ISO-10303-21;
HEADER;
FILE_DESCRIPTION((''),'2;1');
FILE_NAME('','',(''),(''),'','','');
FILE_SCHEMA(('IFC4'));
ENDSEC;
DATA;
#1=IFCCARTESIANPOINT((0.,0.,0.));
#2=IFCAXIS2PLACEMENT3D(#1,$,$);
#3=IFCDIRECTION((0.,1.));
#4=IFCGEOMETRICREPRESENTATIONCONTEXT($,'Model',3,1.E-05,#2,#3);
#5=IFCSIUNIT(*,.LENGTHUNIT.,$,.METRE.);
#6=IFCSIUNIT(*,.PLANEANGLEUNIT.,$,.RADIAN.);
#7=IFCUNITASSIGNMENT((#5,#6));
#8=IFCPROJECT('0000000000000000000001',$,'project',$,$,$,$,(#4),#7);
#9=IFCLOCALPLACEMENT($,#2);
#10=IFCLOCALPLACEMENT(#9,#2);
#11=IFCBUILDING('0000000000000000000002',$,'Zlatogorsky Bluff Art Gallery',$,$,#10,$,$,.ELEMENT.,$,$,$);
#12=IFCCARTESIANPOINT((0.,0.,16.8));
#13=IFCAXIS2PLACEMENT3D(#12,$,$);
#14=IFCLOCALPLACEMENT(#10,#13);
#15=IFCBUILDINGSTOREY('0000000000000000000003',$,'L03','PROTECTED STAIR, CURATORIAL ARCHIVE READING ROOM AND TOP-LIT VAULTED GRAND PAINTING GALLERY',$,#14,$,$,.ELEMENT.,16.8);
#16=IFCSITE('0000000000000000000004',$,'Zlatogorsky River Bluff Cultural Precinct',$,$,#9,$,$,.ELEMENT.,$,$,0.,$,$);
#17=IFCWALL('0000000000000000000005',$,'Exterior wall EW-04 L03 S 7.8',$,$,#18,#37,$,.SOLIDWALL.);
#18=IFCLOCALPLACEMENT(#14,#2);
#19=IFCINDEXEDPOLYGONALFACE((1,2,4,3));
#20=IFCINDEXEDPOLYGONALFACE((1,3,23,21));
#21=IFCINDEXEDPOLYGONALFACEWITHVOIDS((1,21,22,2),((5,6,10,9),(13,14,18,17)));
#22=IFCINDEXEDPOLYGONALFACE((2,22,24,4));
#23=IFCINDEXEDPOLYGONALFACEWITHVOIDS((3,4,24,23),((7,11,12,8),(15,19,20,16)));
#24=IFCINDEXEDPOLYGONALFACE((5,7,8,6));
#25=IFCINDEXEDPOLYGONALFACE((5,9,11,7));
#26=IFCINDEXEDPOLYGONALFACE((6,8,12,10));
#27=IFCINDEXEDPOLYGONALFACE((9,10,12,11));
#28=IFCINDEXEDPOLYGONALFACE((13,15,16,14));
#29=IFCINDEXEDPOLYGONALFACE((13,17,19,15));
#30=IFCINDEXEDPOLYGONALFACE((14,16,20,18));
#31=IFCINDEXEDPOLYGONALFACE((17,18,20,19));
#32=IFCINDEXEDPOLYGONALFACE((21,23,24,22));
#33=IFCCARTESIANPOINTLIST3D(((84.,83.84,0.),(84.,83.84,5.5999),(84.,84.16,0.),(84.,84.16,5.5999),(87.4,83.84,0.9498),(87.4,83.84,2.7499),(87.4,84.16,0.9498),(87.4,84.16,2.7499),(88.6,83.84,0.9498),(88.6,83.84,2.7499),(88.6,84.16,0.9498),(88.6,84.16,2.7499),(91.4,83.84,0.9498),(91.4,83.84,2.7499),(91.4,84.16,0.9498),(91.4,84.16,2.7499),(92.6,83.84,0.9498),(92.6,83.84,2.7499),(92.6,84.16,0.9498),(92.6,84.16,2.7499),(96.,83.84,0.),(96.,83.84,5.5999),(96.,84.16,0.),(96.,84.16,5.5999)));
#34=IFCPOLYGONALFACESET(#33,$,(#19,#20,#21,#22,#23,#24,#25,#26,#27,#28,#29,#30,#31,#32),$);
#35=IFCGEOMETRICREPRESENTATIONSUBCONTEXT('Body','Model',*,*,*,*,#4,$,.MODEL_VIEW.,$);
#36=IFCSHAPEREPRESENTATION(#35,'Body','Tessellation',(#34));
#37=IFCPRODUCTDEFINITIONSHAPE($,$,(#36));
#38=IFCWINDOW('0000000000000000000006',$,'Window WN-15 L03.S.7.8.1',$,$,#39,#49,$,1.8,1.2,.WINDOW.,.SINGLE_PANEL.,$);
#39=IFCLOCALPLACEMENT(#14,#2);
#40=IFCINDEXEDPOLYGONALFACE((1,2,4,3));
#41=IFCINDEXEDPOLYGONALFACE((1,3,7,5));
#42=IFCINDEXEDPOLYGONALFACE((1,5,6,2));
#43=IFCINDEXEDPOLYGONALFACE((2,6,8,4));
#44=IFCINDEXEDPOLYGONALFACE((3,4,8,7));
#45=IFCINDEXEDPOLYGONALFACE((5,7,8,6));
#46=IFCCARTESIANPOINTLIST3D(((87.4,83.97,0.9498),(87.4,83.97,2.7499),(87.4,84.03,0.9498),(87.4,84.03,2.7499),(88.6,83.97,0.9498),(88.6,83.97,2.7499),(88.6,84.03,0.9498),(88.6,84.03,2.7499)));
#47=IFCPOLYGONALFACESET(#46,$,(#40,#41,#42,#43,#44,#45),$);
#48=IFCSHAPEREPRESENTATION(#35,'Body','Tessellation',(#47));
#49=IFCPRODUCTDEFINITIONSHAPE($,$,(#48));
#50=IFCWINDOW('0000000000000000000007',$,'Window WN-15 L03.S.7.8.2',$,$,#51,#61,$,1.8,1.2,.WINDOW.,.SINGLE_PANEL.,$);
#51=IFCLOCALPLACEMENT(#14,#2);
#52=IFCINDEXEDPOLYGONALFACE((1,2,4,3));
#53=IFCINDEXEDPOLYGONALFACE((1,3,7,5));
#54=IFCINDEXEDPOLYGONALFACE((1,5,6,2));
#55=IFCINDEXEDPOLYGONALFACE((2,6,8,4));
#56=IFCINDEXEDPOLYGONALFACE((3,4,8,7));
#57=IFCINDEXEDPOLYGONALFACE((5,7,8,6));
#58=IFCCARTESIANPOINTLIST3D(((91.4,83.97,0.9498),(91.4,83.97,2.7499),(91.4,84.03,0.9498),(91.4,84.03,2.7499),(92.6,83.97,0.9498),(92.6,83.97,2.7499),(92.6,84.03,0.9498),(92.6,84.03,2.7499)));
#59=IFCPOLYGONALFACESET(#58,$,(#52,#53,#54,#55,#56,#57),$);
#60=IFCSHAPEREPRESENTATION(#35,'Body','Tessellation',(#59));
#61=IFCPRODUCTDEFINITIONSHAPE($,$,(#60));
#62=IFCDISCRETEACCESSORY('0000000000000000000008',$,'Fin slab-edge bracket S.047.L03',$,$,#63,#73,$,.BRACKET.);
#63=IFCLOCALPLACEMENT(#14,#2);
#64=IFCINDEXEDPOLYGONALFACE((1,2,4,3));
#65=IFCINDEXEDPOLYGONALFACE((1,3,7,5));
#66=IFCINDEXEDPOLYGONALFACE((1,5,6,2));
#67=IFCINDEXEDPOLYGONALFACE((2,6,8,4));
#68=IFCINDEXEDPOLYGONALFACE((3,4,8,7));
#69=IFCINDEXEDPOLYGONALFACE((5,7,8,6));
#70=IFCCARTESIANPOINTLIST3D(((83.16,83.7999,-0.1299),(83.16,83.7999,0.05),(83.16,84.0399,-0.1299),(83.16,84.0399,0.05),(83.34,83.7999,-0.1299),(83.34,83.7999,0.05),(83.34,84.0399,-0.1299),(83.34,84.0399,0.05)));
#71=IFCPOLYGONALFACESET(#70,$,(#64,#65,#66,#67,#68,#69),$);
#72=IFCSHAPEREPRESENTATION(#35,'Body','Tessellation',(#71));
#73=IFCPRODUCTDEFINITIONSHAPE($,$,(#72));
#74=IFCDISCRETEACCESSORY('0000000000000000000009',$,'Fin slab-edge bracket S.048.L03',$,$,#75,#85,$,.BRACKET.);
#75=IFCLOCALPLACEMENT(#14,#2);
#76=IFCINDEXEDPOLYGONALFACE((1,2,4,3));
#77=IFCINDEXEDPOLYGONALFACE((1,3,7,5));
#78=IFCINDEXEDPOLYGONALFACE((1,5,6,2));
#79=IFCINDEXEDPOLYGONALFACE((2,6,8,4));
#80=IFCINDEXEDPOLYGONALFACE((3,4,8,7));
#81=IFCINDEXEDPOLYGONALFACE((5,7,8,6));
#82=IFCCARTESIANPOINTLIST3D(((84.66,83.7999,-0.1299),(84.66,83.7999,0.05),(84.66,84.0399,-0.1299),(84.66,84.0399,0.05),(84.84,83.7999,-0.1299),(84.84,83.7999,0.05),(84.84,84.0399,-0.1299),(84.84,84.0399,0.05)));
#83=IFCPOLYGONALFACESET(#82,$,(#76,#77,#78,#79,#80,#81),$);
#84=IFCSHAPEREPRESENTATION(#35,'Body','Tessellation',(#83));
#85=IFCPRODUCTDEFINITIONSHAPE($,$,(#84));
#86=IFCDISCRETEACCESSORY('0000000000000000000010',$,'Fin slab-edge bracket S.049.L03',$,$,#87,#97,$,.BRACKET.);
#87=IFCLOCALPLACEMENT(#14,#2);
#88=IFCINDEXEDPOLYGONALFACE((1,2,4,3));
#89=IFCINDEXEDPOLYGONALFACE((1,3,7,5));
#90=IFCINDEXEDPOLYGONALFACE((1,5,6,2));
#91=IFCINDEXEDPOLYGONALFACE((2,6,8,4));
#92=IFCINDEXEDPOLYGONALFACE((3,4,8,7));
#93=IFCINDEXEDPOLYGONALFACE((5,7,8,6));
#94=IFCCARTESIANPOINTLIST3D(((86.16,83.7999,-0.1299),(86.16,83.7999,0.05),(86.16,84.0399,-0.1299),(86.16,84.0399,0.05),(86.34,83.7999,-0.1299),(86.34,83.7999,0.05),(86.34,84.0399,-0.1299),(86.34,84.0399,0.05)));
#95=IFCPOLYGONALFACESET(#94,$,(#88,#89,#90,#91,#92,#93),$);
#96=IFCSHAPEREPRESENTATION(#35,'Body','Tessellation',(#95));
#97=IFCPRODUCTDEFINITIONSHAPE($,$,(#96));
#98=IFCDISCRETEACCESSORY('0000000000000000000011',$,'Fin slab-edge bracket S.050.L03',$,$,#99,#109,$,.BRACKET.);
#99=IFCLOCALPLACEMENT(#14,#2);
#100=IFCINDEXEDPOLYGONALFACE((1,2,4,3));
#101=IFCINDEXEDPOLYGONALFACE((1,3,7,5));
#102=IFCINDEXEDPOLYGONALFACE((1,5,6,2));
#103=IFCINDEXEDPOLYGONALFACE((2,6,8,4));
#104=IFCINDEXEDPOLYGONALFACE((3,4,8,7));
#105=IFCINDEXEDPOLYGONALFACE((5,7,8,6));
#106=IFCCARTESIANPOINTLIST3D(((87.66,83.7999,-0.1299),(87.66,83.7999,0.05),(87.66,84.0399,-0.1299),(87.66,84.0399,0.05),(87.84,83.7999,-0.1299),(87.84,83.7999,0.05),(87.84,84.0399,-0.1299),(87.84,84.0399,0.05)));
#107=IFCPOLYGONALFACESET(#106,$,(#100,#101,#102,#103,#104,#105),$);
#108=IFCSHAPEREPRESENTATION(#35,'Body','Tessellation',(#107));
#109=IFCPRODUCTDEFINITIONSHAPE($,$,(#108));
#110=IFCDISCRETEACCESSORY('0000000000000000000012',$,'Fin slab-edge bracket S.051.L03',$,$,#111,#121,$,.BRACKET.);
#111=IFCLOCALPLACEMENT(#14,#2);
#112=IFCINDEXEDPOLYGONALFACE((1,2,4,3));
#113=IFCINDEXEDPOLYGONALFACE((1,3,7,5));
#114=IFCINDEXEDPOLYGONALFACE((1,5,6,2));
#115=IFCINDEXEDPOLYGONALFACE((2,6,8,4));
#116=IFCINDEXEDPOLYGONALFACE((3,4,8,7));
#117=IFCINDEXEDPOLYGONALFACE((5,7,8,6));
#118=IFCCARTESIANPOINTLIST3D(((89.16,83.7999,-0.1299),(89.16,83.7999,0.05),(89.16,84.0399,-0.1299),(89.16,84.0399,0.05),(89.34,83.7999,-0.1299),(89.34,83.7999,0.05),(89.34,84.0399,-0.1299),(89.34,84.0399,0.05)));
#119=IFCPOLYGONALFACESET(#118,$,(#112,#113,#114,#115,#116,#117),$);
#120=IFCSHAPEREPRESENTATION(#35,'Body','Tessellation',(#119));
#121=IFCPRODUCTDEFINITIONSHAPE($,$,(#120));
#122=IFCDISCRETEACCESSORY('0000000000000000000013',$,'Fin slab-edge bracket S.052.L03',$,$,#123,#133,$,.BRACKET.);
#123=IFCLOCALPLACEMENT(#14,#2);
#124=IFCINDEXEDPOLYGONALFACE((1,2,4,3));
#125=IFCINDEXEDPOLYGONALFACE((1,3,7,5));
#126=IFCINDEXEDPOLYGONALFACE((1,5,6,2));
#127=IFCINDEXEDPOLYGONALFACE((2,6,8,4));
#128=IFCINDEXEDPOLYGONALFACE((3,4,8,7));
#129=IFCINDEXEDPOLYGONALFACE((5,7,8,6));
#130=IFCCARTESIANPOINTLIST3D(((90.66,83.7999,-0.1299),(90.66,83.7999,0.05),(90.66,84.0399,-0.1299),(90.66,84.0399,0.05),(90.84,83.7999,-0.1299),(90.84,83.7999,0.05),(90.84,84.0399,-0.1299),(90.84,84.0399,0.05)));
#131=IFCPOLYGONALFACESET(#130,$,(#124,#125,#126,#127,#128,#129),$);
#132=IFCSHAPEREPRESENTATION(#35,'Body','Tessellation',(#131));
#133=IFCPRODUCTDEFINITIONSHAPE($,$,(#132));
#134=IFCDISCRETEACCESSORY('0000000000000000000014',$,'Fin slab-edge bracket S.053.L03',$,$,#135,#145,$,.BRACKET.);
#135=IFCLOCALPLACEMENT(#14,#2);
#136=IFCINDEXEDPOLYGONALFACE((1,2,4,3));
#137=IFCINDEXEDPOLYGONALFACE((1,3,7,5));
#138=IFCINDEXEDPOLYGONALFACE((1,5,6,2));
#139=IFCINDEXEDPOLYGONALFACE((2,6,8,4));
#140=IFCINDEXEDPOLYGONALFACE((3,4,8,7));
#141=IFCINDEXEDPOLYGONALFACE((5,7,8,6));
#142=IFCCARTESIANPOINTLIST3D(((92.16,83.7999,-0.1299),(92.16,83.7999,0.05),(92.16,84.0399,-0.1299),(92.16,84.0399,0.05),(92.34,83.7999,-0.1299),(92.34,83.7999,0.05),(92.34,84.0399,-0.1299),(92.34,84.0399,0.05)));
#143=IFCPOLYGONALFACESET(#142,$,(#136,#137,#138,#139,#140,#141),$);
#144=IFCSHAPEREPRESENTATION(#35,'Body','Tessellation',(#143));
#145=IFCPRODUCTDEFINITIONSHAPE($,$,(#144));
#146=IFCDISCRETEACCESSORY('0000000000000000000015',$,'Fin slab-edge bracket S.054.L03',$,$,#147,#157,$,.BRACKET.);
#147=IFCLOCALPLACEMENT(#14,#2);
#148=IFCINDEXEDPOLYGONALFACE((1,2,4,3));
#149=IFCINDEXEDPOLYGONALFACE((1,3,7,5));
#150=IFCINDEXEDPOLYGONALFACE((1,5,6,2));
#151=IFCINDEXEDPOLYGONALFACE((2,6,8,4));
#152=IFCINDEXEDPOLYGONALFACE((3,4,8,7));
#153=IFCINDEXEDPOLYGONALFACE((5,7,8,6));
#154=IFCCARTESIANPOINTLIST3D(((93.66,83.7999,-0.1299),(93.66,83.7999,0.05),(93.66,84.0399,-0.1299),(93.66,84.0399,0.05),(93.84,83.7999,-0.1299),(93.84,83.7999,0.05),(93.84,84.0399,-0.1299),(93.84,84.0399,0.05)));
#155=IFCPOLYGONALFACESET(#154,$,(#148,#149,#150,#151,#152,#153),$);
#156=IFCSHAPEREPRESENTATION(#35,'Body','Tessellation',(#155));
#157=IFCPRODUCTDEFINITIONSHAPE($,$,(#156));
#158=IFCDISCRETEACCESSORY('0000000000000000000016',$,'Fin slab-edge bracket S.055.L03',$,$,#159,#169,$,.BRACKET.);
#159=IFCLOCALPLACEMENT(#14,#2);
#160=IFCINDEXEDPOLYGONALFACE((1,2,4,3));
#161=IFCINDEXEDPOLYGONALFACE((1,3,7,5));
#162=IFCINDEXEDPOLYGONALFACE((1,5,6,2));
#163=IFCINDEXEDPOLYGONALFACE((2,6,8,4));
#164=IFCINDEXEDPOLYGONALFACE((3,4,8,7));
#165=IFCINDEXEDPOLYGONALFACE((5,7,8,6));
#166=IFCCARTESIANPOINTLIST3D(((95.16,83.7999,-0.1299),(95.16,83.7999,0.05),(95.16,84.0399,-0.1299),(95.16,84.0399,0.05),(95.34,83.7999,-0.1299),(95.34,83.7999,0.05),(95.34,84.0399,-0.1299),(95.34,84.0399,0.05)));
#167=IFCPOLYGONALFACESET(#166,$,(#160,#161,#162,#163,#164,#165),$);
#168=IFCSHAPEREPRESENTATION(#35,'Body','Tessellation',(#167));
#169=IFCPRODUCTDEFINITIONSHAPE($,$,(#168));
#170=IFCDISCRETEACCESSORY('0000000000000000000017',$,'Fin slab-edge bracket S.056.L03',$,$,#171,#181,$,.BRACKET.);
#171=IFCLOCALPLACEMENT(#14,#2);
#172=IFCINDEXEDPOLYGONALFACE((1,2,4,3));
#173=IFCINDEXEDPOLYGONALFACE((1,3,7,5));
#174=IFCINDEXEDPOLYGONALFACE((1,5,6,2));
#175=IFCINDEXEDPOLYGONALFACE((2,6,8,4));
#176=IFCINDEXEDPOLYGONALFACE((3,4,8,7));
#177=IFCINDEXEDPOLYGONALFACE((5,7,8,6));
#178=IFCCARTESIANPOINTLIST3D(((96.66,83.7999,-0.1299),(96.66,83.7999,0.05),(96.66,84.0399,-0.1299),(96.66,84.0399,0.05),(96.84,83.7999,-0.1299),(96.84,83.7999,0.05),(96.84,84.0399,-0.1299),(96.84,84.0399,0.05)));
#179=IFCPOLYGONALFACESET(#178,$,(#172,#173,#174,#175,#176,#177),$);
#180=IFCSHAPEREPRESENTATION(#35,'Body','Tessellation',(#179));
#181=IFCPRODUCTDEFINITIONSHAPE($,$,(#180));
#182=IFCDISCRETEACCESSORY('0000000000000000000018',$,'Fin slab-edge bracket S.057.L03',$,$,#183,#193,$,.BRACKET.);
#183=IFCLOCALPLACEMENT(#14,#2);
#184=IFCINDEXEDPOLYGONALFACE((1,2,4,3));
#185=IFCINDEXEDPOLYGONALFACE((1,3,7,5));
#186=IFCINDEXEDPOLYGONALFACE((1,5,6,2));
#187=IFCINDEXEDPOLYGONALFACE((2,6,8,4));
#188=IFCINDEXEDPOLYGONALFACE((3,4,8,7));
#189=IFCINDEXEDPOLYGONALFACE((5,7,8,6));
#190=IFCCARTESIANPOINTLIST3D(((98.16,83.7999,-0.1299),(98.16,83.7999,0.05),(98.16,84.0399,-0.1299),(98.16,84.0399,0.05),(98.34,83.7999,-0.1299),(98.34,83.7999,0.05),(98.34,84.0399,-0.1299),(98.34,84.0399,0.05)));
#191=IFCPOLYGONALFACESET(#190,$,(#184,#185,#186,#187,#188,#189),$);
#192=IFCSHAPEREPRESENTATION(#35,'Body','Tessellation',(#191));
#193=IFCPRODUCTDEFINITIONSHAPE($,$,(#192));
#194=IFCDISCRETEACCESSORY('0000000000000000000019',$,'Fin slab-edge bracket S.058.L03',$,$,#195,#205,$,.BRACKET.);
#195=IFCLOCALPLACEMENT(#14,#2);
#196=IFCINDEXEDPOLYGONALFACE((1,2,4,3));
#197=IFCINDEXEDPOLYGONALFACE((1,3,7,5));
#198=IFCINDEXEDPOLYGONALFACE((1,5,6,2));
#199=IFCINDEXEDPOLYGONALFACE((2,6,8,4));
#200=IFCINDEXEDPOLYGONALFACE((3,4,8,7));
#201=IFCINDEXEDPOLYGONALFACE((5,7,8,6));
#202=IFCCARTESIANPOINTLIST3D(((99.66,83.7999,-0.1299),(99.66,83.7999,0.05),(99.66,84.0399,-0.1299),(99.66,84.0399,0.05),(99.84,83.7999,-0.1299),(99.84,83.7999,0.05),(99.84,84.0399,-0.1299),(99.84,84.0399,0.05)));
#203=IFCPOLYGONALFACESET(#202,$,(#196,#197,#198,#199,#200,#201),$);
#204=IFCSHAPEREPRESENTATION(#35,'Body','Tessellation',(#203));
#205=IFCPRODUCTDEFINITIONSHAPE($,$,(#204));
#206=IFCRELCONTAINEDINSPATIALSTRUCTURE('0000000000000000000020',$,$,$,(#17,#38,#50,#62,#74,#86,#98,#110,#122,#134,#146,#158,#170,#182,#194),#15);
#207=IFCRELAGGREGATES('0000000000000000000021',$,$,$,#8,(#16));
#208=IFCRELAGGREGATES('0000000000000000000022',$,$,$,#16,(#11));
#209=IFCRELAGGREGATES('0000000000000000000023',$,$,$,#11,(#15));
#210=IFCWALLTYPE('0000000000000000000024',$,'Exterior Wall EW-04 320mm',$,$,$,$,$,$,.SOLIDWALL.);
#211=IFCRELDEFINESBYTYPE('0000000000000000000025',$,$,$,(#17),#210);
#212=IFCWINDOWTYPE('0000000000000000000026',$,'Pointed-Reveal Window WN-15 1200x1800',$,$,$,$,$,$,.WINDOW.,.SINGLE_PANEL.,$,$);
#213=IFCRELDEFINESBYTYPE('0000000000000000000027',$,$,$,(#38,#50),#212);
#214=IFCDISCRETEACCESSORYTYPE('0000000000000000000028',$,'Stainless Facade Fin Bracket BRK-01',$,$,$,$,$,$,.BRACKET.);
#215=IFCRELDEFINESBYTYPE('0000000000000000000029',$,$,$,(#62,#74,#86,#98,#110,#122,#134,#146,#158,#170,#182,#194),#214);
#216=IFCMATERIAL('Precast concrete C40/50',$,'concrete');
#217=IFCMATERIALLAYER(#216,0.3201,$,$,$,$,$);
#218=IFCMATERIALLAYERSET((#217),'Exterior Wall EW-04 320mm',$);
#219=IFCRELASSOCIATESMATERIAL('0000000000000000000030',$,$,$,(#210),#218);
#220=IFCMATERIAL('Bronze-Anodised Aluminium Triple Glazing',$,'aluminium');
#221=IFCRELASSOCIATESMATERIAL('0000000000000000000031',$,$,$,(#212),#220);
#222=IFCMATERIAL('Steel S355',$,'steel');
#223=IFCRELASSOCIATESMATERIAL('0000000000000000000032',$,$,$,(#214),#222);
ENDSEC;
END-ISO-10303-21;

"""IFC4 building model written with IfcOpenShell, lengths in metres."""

from ifc_helpers import new_model, si_unit, direction, frame, frame_2d, origin, origin_2d, place, context, subcontext, project, spatial, rectangle, extrude, material, layer, layer_set, type_object, element, fill, save


model = new_model("IFC4")

# Units and contexts
model_context = context("Model", 3, precision=1e-05, world=origin(), true_north=direction((0.0, 1.0)))
body_context = subcontext(model_context, "Body", "Model", "MODEL_VIEW")
ifc_project = project(units=[si_unit("LENGTHUNIT", "METRE"), si_unit("PLANEANGLEUNIT", "RADIAN")], contexts=[model_context])

# Site, building, storey
site_placement = place(None, origin())
site = spatial("IfcSite", under=ifc_project, at=site_placement, Name="Zlatogorsky River Bluff Cultural Precinct", CompositionType="ELEMENT", RefElevation=0.0)
building_placement = place(site_placement, origin())
building = spatial("IfcBuilding", under=site, at=building_placement, Name="Zlatogorsky Bluff Art Gallery", CompositionType="ELEMENT")
storey_placement = place(building_placement, frame((0.0, 0.0, 16.8)))
storey = spatial("IfcBuildingStorey", under=building, at=storey_placement, Name="L03", Description="PROTECTED STAIR, CURATORIAL ARCHIVE READING ROOM AND TOP-LIT VAULTED GRAND PAINTING GALLERY", CompositionType="ELEMENT", Elevation=16.8)

# Shared definitions
ifc_material_1 = material(Name="Steel S355", Category="steel")

# Wall, openings, windows
ifc_material_2 = material(Name="Precast concrete C40/50", Category="concrete")
ifc_layer_1 = layer(ifc_material_2, 0.3201)
ifc_layer_set_1 = layer_set([ifc_layer_1], Name="Exterior Wall EW-04 320mm")
wall_type = type_object("IfcWallType", Name="Exterior Wall EW-04 320mm", PredefinedType="SOLIDWALL", material=ifc_layer_set_1)
wall_placement = place(storey_placement, frame((84.0, 84.0, 0.0), z_axis=(0.0, 0.0, 1.0), x_axis=(1.0, 0.0, 0.0)))
wall = element("IfcWall", 1, at=wall_placement, inside=storey, type_object=wall_type, Name="Exterior wall EW-04 L03 S 7.8", PredefinedType="SOLIDWALL", context=body_context, shape_type="SweptSolid", body=[
    extrude(rectangle(XDim=12.0, YDim=0.3201, at=frame_2d((6.0, 0.0))), origin(), (0.0, 0.0, 1.0), 5.5999),
])
opening_1_placement = place(wall_placement, frame((3.3999, 0.0, 0.95)))
opening_1 = element("IfcOpeningElement", 2, at=opening_1_placement, cuts=wall, PredefinedType="OPENING", context=body_context, shape_type="SweptSolid", body=[
    extrude(rectangle(XDim=1.2, YDim=1.8, at=frame_2d((0.6001, 0.8999))), frame((0.0, 0.1699, 0.0), z_axis=(0.0, -1.0, 0.0), x_axis=(1.0, 0.0, 0.0)), (0.0, 0.0, 1.0), 0.3401),
])
opening_2_placement = place(wall_placement, frame((7.3999, 0.0, 0.95)))
opening_2 = element("IfcOpeningElement", 3, at=opening_2_placement, cuts=wall, PredefinedType="OPENING", context=body_context, shape_type="SweptSolid", body=[
    extrude(rectangle(XDim=1.2, YDim=1.8, at=frame_2d((0.6001, 0.8999))), frame((0.0, 0.1699, 0.0), z_axis=(0.0, -1.0, 0.0), x_axis=(1.0, 0.0, 0.0)), (0.0, 0.0, 1.0), 0.3401),
])
ifc_material_3 = material(Name="Bronze-Anodised Aluminium Triple Glazing", Category="aluminium")
window_type = type_object("IfcWindowType", Name="Pointed-Reveal Window WN-15 1200x1800", PartitioningType="SINGLE_PANEL", PredefinedType="WINDOW", material=ifc_material_3)
window_1_placement = place(opening_1_placement, origin())
window_1 = element("IfcWindow", 4, at=window_1_placement, inside=storey, type_object=window_type, Name="Window WN-15 L03.S.7.8.1", OverallHeight=1.8, OverallWidth=1.2, PartitioningType="SINGLE_PANEL", PredefinedType="WINDOW", context=body_context, shape_type="SweptSolid", body=[
    extrude(rectangle(XDim=1.2, YDim=1.8, at=frame_2d((0.6001, 0.8999))), frame((0.0, 0.03, 0.0), z_axis=(0.0, -1.0, 0.0), x_axis=(1.0, 0.0, 0.0)), (0.0, 0.0, 1.0), 0.0601),
])
fill(opening_1, window_1)
window_2_placement = place(opening_2_placement, origin())
window_2 = element("IfcWindow", 5, at=window_2_placement, inside=storey, type_object=window_type, Name="Window WN-15 L03.S.7.8.2", OverallHeight=1.8, OverallWidth=1.2, PartitioningType="SINGLE_PANEL", PredefinedType="WINDOW", context=body_context, shape_type="SweptSolid", body=[
    extrude(rectangle(XDim=1.2, YDim=1.8, at=frame_2d((0.6001, 0.8999))), frame((0.0, 0.03, 0.0), z_axis=(0.0, -1.0, 0.0), x_axis=(1.0, 0.0, 0.0)), (0.0, 0.0, 1.0), 0.0601),
])
fill(opening_2, window_2)

# Discrete accessories
discrete_accessory_type = type_object("IfcDiscreteAccessoryType", Name="Stainless Facade Fin Bracket BRK-01", PredefinedType="BRACKET", material=ifc_material_1)
for number, where, z_axis, x_axis, name in (
    (6, (83.25, 83.9199, -0.1299), (0.0, 0.0, 1.0), (1.0, 0.0, 0.0), "Fin slab-edge bracket S.047.L03"),
    (7, (84.75, 83.9199, -0.1299), (0.0, 0.0, 1.0), (1.0, 0.0, 0.0), "Fin slab-edge bracket S.048.L03"),
    (8, (86.25, 83.9199, -0.1299), (0.0, 0.0, 1.0), (1.0, 0.0, 0.0), "Fin slab-edge bracket S.049.L03"),
    (9, (87.75, 83.9199, -0.1299), (0.0, 0.0, 1.0), (1.0, 0.0, 0.0), "Fin slab-edge bracket S.050.L03"),
    (10, (89.25, 83.9199, -0.1299), (0.0, 0.0, 1.0), (1.0, 0.0, 0.0), "Fin slab-edge bracket S.051.L03"),
    (11, (90.75, 83.9199, -0.1299), (0.0, 0.0, 1.0), (1.0, 0.0, 0.0), "Fin slab-edge bracket S.052.L03"),
    (12, (92.25, 83.9199, -0.1299), (0.0, 0.0, 1.0), (1.0, 0.0, 0.0), "Fin slab-edge bracket S.053.L03"),
    (13, (93.75, 83.9199, -0.1299), (0.0, 0.0, 1.0), (1.0, 0.0, 0.0), "Fin slab-edge bracket S.054.L03"),
    (14, (95.25, 83.9199, -0.1299), (0.0, 0.0, 1.0), (1.0, 0.0, 0.0), "Fin slab-edge bracket S.055.L03"),
    (15, (96.75, 83.9199, -0.1299), (0.0, 0.0, 1.0), (1.0, 0.0, 0.0), "Fin slab-edge bracket S.056.L03"),
    (16, (98.25, 83.9199, -0.1299), (0.0, 0.0, 1.0), (1.0, 0.0, 0.0), "Fin slab-edge bracket S.057.L03"),
    (17, (99.75, 83.9199, -0.1299), (0.0, 0.0, 1.0), (1.0, 0.0, 0.0), "Fin slab-edge bracket S.058.L03"),
):
    element("IfcDiscreteAccessory", number, at=place(storey_placement, frame(where, z_axis=z_axis, x_axis=x_axis)), inside=storey, type_object=discrete_accessory_type, Name=name, PredefinedType="BRACKET", context=body_context, shape_type="SweptSolid", body=[
        extrude(rectangle(XDim=0.1799, YDim=0.24, at=origin_2d()), origin(), (0.0, 0.0, 1.0), 0.1799),
    ])

save(model, "model.ifc")
